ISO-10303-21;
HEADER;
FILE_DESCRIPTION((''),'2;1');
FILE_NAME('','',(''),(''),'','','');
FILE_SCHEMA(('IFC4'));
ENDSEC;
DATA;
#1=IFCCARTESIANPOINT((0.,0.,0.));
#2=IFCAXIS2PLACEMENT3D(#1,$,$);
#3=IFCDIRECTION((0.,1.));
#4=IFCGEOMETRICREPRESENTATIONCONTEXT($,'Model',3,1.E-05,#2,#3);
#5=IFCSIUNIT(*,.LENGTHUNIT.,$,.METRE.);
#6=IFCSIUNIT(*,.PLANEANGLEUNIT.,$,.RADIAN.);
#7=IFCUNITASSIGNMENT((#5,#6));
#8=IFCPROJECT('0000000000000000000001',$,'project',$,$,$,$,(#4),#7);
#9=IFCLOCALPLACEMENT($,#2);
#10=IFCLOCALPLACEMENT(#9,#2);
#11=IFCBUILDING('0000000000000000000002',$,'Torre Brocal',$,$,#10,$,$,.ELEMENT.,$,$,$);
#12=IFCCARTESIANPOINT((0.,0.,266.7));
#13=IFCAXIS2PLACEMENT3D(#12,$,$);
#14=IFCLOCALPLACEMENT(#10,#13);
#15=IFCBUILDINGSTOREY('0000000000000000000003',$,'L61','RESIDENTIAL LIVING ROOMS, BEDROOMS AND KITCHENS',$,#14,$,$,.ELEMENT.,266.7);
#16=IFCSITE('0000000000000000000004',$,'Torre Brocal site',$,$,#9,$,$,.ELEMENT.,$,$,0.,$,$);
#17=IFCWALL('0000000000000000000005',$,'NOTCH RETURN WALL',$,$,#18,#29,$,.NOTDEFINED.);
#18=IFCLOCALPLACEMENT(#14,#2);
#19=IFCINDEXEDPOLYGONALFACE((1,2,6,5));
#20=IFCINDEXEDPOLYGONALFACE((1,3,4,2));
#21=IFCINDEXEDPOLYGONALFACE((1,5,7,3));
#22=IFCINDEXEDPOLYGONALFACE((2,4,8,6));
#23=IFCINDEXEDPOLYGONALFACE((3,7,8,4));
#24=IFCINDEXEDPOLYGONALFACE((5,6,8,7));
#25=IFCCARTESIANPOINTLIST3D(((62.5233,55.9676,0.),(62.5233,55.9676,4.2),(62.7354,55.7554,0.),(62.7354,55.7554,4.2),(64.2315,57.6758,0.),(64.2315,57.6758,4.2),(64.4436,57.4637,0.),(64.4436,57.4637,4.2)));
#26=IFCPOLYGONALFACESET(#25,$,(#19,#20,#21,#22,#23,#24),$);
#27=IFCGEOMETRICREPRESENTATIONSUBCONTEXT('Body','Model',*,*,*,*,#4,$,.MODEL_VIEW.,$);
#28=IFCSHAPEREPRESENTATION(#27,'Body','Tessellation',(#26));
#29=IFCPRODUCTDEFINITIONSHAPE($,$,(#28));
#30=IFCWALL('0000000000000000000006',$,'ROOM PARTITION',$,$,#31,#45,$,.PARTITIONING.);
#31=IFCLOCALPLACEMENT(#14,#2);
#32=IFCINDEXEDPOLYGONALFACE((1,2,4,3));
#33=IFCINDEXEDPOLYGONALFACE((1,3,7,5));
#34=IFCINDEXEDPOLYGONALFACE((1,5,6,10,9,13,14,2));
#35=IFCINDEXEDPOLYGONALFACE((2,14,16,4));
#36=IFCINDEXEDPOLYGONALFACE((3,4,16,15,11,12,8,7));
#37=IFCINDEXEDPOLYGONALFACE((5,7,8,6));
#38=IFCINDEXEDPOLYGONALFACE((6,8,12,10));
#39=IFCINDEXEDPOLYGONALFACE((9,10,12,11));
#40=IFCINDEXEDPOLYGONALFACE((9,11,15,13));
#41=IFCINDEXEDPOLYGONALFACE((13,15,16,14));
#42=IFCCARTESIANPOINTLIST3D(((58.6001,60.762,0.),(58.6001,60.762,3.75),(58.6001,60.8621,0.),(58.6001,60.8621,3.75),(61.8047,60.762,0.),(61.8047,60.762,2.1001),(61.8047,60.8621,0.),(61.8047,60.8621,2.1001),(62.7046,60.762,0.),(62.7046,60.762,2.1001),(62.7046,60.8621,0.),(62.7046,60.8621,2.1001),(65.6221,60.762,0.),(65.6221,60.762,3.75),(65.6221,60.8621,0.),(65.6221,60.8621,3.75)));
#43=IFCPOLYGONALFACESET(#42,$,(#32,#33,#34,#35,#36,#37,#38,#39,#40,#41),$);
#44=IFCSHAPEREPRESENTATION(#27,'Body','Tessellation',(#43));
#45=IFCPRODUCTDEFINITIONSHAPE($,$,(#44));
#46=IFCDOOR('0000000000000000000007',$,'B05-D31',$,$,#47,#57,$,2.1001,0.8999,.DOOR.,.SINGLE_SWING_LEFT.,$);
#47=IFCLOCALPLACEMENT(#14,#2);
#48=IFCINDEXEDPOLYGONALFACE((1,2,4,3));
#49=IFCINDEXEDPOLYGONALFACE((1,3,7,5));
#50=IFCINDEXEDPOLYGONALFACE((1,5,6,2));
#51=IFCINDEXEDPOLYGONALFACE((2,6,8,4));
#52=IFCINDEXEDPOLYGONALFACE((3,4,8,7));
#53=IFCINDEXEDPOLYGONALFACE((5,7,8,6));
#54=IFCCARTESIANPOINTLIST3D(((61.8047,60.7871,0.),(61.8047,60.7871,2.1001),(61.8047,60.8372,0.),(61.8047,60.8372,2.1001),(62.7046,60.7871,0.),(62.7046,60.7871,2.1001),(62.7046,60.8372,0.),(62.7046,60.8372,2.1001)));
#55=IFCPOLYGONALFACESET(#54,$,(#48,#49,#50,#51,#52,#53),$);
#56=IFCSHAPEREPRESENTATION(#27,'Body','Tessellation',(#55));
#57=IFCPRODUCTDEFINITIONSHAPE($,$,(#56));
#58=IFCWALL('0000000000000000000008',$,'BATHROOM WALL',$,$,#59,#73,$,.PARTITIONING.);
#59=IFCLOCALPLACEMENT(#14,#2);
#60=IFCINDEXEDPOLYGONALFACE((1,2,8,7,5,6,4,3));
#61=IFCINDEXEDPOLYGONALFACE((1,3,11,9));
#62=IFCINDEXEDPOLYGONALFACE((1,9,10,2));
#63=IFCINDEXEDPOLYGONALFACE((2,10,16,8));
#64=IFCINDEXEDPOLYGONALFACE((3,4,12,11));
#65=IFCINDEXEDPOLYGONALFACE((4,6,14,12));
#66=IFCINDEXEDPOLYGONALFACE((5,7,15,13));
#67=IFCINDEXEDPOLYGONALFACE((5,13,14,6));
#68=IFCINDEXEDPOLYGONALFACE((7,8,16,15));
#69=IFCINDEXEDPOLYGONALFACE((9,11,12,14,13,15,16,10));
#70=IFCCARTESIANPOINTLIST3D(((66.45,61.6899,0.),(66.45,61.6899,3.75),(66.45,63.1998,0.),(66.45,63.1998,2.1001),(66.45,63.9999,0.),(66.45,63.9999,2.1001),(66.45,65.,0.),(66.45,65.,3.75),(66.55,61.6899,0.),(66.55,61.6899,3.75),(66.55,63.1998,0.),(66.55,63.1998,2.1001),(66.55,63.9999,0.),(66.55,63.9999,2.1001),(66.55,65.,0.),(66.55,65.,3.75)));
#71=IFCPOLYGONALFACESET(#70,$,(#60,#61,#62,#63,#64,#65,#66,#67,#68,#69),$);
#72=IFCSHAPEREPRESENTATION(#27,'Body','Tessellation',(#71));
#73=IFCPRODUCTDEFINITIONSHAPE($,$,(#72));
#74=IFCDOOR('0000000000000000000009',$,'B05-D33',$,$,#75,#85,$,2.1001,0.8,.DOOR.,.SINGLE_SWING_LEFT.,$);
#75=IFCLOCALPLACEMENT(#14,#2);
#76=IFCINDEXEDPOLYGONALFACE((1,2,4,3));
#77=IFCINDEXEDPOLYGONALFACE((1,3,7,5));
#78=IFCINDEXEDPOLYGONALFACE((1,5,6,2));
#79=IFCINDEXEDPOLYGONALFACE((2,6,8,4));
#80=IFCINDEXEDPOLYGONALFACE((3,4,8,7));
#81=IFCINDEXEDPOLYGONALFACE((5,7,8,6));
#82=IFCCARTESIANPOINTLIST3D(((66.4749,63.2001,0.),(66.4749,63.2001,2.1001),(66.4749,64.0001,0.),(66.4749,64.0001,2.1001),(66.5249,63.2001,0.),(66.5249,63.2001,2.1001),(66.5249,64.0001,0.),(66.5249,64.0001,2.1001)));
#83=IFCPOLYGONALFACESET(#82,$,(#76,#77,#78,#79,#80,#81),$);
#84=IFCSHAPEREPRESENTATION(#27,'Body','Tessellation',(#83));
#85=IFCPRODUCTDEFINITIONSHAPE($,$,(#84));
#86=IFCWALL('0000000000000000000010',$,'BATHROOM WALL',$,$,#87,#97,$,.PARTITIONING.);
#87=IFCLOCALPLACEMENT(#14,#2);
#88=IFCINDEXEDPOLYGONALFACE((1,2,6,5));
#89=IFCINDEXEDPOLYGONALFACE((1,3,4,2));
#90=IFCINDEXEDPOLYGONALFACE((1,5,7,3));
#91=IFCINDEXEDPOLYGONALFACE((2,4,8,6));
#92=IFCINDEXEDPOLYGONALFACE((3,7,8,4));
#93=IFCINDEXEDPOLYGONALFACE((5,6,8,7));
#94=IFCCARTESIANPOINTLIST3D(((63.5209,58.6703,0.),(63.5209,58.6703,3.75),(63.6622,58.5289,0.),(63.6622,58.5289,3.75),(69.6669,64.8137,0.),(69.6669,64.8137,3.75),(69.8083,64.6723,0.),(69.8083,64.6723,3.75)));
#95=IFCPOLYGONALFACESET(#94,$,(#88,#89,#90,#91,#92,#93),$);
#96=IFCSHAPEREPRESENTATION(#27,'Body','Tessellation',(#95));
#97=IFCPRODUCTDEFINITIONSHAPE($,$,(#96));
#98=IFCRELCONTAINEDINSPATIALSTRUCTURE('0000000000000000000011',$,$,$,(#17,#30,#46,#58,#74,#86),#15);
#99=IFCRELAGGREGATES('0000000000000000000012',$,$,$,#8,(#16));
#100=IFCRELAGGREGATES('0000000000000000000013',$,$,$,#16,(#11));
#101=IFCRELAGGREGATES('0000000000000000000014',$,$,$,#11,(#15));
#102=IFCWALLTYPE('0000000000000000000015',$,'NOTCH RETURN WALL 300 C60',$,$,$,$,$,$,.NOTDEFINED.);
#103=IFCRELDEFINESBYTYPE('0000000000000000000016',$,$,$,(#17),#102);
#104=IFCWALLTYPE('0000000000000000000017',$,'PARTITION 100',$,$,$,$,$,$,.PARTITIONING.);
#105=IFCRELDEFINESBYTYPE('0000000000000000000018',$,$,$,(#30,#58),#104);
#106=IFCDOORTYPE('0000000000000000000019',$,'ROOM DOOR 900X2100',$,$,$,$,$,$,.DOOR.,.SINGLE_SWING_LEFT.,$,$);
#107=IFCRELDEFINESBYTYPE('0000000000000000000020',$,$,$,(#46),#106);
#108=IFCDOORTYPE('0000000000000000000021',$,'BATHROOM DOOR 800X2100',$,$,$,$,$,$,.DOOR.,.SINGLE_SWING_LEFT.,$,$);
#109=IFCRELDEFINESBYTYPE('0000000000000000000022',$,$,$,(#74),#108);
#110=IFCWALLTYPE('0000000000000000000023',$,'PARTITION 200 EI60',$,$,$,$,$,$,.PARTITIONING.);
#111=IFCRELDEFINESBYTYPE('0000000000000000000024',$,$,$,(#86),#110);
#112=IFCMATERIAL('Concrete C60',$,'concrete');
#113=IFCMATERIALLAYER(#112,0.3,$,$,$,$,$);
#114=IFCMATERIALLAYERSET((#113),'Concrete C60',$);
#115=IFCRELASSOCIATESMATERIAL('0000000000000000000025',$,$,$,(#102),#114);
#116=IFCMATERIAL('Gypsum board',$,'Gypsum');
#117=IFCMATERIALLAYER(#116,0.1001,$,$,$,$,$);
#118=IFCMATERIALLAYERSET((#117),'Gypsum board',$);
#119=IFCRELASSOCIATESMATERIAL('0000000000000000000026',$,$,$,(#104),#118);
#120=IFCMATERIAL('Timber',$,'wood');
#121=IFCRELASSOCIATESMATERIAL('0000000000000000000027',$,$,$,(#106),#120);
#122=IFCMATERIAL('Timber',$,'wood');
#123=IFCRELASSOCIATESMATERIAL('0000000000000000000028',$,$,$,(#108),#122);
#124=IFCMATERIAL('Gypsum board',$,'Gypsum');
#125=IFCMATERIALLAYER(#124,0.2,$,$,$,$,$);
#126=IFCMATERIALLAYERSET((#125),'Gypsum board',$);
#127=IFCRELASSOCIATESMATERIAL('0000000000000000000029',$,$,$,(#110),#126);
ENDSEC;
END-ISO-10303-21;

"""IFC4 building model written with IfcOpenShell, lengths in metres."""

from ifc_helpers import new_model, si_unit, direction, frame, frame_2d, origin, place, context, subcontext, project, spatial, rectangle, extrude, material, layer, layer_set, type_object, element, fill, save


model = new_model("IFC4")

# Units and contexts
model_context = context("Model", 3, precision=1e-05, world=origin(), true_north=direction((0.0, 1.0)))
body_context = subcontext(model_context, "Body", "Model", "MODEL_VIEW")
ifc_project = project(units=[si_unit("LENGTHUNIT", "METRE"), si_unit("PLANEANGLEUNIT", "RADIAN")], contexts=[model_context])

# Site, building, storey
site_placement = place(None, origin())
site = spatial("IfcSite", under=ifc_project, at=site_placement, Name="Torre Brocal site", CompositionType="ELEMENT", RefElevation=0.0)
building_placement = place(site_placement, origin())
building = spatial("IfcBuilding", under=site, at=building_placement, Name="Torre Brocal", CompositionType="ELEMENT")
storey_placement = place(building_placement, frame((0.0, 0.0, 266.7)))
storey = spatial("IfcBuildingStorey", under=building, at=storey_placement, Name="L61", Description="RESIDENTIAL LIVING ROOMS, BEDROOMS AND KITCHENS", CompositionType="ELEMENT", Elevation=266.7)

# Wall
ifc_material_1 = material(Name="Concrete C60", Category="concrete")
ifc_layer_1 = layer(ifc_material_1, 0.3)
ifc_layer_set_1 = layer_set([ifc_layer_1], Name="Concrete C60")
wall_type_1 = type_object("IfcWallType", Name="NOTCH RETURN WALL 300 C60", PredefinedType="NOTDEFINED", material=ifc_layer_set_1)
for number, where, z_axis, x_axis, name in (
    (1, (64.3376, 57.5698, 0.0), (0.0, 0.0, 1.0), (-0.707107, -0.707107, 0.0), "NOTCH RETURN WALL"),
):
    element("IfcWall", number, at=place(storey_placement, frame(where, z_axis=z_axis, x_axis=x_axis)), inside=storey, type_object=wall_type_1, Name=name, PredefinedType="NOTDEFINED", context=body_context, shape_type="SweptSolid", body=[
        extrude(rectangle(XDim=2.4158, YDim=0.3, at=frame_2d((1.208, 0.0))), origin(), (0.0, 0.0, 1.0), 4.2),
    ])

# Walls, openings, doors
ifc_material_2 = material(Name="Gypsum board", Category="Gypsum")
ifc_layer_2 = layer(ifc_material_2, 0.1001)
ifc_layer_set_2 = layer_set([ifc_layer_2], Name="Gypsum board")
wall_type_2 = type_object("IfcWallType", Name="PARTITION 100", PredefinedType="PARTITIONING", material=ifc_layer_set_2)
wall_1_placement = place(storey_placement, frame((58.6001, 60.812, 0.0), z_axis=(0.0, 0.0, 1.0), x_axis=(1.0, 0.0, 0.0)))
wall_1 = element("IfcWall", 2, at=wall_1_placement, inside=storey, type_object=wall_type_2, Name="ROOM PARTITION", PredefinedType="PARTITIONING", context=body_context, shape_type="SweptSolid", body=[
    extrude(rectangle(XDim=7.022, YDim=0.1001, at=frame_2d((3.511, 0.0))), origin(), (0.0, 0.0, 1.0), 3.75),
])
opening_1_placement = place(wall_1_placement, frame((3.2046, 0.0, 0.0)))
opening_1 = element("IfcOpeningElement", 3, at=opening_1_placement, cuts=wall_1, PredefinedType="OPENING", context=body_context, shape_type="SweptSolid", body=[
    extrude(rectangle(XDim=0.8999, YDim=2.1001, at=frame_2d((0.45, 1.05))), frame((0.0, 0.0601, 0.0), z_axis=(0.0, -1.0, 0.0), x_axis=(1.0, 0.0, 0.0)), (0.0, 0.0, 1.0), 0.1201),
])
ifc_material_3 = material(Name="Timber", Category="wood")
door_type_1 = type_object("IfcDoorType", Name="ROOM DOOR 900X2100", OperationType="SINGLE_SWING_LEFT", PredefinedType="DOOR", material=ifc_material_3)
door_1_placement = place(opening_1_placement, frame((0.8999, 0.0, 0.0), z_axis=(0.0, 0.0, 1.0), x_axis=(-1.0, 0.0, 0.0)))
door_1 = element("IfcDoor", 4, at=door_1_placement, inside=storey, type_object=door_type_1, Name="B05-D31", OperationType="SINGLE_SWING_LEFT", OverallHeight=2.1001, OverallWidth=0.8999, PredefinedType="DOOR", context=body_context, shape_type="SweptSolid", body=[
    extrude(rectangle(XDim=0.8999, YDim=2.1001, at=frame_2d((0.45, 1.05))), frame((0.0, 0.0249, 0.0), z_axis=(0.0, -1.0, 0.0), x_axis=(1.0, 0.0, 0.0)), (0.0, 0.0, 1.0), 0.05),
])
fill(opening_1, door_1)
wall_2_placement = place(storey_placement, frame((66.5, 61.6899, 0.0), z_axis=(0.0, 0.0, 1.0), x_axis=(0.0, 1.0, 0.0)))
wall_2 = element("IfcWall", 5, at=wall_2_placement, inside=storey, type_object=wall_type_2, Name="BATHROOM WALL", PredefinedType="PARTITIONING", context=body_context, shape_type="SweptSolid", body=[
    extrude(rectangle(XDim=3.3101, YDim=0.1001, at=frame_2d((1.655, 0.0))), origin(), (0.0, 0.0, 1.0), 3.75),
])
opening_2_placement = place(wall_2_placement, frame((1.51, 0.0, 0.0)))
opening_2 = element("IfcOpeningElement", 6, at=opening_2_placement, cuts=wall_2, PredefinedType="OPENING", context=body_context, shape_type="SweptSolid", body=[
    extrude(rectangle(XDim=0.8, YDim=2.1001, at=frame_2d((0.3999, 1.05))), frame((0.0, 0.0601, 0.0), z_axis=(0.0, -1.0, 0.0), x_axis=(1.0, 0.0, 0.0)), (0.0, 0.0, 1.0), 0.1201),
])
ifc_material_4 = material(Name="Timber", Category="wood")
door_type_2 = type_object("IfcDoorType", Name="BATHROOM DOOR 800X2100", OperationType="SINGLE_SWING_LEFT", PredefinedType="DOOR", material=ifc_material_4)
door_2_placement = place(opening_2_placement, frame((0.8, 0.0, 0.0), z_axis=(0.0, 0.0, 1.0), x_axis=(-1.0, 0.0, 0.0)))
door_2 = element("IfcDoor", 7, at=door_2_placement, inside=storey, type_object=door_type_2, Name="B05-D33", OperationType="SINGLE_SWING_LEFT", OverallHeight=2.1001, OverallWidth=0.8, PredefinedType="DOOR", context=body_context, shape_type="SweptSolid", body=[
    extrude(rectangle(XDim=0.8, YDim=2.1001, at=frame_2d((0.3999, 1.05))), frame((0.0, 0.0249, 0.0), z_axis=(0.0, -1.0, 0.0), x_axis=(1.0, 0.0, 0.0)), (0.0, 0.0, 1.0), 0.05),
])
fill(opening_2, door_2)

# Wall
ifc_material_5 = material(Name="Gypsum board", Category="Gypsum")
ifc_layer_3 = layer(ifc_material_5, 0.2)
ifc_layer_set_3 = layer_set([ifc_layer_3], Name="Gypsum board")
wall_type_3 = type_object("IfcWallType", Name="PARTITION 200 EI60", PredefinedType="PARTITIONING", material=ifc_layer_set_3)
wall_3_placement = place(storey_placement, frame((63.5916, 58.5996, 0.0), z_axis=(0.0, 0.0, 1.0), x_axis=(0.707261, 0.706952, 0.0)))
element("IfcWall", 8, at=wall_3_placement, inside=storey, type_object=wall_type_3, Name="BATHROOM WALL", PredefinedType="PARTITIONING", context=body_context, shape_type="SweptSolid", body=[
    extrude(rectangle(XDim=8.6899, YDim=0.2, at=frame_2d((4.345, 0.0))), origin(), (0.0, 0.0, 1.0), 3.75),
])

save(model, "model.ifc")
